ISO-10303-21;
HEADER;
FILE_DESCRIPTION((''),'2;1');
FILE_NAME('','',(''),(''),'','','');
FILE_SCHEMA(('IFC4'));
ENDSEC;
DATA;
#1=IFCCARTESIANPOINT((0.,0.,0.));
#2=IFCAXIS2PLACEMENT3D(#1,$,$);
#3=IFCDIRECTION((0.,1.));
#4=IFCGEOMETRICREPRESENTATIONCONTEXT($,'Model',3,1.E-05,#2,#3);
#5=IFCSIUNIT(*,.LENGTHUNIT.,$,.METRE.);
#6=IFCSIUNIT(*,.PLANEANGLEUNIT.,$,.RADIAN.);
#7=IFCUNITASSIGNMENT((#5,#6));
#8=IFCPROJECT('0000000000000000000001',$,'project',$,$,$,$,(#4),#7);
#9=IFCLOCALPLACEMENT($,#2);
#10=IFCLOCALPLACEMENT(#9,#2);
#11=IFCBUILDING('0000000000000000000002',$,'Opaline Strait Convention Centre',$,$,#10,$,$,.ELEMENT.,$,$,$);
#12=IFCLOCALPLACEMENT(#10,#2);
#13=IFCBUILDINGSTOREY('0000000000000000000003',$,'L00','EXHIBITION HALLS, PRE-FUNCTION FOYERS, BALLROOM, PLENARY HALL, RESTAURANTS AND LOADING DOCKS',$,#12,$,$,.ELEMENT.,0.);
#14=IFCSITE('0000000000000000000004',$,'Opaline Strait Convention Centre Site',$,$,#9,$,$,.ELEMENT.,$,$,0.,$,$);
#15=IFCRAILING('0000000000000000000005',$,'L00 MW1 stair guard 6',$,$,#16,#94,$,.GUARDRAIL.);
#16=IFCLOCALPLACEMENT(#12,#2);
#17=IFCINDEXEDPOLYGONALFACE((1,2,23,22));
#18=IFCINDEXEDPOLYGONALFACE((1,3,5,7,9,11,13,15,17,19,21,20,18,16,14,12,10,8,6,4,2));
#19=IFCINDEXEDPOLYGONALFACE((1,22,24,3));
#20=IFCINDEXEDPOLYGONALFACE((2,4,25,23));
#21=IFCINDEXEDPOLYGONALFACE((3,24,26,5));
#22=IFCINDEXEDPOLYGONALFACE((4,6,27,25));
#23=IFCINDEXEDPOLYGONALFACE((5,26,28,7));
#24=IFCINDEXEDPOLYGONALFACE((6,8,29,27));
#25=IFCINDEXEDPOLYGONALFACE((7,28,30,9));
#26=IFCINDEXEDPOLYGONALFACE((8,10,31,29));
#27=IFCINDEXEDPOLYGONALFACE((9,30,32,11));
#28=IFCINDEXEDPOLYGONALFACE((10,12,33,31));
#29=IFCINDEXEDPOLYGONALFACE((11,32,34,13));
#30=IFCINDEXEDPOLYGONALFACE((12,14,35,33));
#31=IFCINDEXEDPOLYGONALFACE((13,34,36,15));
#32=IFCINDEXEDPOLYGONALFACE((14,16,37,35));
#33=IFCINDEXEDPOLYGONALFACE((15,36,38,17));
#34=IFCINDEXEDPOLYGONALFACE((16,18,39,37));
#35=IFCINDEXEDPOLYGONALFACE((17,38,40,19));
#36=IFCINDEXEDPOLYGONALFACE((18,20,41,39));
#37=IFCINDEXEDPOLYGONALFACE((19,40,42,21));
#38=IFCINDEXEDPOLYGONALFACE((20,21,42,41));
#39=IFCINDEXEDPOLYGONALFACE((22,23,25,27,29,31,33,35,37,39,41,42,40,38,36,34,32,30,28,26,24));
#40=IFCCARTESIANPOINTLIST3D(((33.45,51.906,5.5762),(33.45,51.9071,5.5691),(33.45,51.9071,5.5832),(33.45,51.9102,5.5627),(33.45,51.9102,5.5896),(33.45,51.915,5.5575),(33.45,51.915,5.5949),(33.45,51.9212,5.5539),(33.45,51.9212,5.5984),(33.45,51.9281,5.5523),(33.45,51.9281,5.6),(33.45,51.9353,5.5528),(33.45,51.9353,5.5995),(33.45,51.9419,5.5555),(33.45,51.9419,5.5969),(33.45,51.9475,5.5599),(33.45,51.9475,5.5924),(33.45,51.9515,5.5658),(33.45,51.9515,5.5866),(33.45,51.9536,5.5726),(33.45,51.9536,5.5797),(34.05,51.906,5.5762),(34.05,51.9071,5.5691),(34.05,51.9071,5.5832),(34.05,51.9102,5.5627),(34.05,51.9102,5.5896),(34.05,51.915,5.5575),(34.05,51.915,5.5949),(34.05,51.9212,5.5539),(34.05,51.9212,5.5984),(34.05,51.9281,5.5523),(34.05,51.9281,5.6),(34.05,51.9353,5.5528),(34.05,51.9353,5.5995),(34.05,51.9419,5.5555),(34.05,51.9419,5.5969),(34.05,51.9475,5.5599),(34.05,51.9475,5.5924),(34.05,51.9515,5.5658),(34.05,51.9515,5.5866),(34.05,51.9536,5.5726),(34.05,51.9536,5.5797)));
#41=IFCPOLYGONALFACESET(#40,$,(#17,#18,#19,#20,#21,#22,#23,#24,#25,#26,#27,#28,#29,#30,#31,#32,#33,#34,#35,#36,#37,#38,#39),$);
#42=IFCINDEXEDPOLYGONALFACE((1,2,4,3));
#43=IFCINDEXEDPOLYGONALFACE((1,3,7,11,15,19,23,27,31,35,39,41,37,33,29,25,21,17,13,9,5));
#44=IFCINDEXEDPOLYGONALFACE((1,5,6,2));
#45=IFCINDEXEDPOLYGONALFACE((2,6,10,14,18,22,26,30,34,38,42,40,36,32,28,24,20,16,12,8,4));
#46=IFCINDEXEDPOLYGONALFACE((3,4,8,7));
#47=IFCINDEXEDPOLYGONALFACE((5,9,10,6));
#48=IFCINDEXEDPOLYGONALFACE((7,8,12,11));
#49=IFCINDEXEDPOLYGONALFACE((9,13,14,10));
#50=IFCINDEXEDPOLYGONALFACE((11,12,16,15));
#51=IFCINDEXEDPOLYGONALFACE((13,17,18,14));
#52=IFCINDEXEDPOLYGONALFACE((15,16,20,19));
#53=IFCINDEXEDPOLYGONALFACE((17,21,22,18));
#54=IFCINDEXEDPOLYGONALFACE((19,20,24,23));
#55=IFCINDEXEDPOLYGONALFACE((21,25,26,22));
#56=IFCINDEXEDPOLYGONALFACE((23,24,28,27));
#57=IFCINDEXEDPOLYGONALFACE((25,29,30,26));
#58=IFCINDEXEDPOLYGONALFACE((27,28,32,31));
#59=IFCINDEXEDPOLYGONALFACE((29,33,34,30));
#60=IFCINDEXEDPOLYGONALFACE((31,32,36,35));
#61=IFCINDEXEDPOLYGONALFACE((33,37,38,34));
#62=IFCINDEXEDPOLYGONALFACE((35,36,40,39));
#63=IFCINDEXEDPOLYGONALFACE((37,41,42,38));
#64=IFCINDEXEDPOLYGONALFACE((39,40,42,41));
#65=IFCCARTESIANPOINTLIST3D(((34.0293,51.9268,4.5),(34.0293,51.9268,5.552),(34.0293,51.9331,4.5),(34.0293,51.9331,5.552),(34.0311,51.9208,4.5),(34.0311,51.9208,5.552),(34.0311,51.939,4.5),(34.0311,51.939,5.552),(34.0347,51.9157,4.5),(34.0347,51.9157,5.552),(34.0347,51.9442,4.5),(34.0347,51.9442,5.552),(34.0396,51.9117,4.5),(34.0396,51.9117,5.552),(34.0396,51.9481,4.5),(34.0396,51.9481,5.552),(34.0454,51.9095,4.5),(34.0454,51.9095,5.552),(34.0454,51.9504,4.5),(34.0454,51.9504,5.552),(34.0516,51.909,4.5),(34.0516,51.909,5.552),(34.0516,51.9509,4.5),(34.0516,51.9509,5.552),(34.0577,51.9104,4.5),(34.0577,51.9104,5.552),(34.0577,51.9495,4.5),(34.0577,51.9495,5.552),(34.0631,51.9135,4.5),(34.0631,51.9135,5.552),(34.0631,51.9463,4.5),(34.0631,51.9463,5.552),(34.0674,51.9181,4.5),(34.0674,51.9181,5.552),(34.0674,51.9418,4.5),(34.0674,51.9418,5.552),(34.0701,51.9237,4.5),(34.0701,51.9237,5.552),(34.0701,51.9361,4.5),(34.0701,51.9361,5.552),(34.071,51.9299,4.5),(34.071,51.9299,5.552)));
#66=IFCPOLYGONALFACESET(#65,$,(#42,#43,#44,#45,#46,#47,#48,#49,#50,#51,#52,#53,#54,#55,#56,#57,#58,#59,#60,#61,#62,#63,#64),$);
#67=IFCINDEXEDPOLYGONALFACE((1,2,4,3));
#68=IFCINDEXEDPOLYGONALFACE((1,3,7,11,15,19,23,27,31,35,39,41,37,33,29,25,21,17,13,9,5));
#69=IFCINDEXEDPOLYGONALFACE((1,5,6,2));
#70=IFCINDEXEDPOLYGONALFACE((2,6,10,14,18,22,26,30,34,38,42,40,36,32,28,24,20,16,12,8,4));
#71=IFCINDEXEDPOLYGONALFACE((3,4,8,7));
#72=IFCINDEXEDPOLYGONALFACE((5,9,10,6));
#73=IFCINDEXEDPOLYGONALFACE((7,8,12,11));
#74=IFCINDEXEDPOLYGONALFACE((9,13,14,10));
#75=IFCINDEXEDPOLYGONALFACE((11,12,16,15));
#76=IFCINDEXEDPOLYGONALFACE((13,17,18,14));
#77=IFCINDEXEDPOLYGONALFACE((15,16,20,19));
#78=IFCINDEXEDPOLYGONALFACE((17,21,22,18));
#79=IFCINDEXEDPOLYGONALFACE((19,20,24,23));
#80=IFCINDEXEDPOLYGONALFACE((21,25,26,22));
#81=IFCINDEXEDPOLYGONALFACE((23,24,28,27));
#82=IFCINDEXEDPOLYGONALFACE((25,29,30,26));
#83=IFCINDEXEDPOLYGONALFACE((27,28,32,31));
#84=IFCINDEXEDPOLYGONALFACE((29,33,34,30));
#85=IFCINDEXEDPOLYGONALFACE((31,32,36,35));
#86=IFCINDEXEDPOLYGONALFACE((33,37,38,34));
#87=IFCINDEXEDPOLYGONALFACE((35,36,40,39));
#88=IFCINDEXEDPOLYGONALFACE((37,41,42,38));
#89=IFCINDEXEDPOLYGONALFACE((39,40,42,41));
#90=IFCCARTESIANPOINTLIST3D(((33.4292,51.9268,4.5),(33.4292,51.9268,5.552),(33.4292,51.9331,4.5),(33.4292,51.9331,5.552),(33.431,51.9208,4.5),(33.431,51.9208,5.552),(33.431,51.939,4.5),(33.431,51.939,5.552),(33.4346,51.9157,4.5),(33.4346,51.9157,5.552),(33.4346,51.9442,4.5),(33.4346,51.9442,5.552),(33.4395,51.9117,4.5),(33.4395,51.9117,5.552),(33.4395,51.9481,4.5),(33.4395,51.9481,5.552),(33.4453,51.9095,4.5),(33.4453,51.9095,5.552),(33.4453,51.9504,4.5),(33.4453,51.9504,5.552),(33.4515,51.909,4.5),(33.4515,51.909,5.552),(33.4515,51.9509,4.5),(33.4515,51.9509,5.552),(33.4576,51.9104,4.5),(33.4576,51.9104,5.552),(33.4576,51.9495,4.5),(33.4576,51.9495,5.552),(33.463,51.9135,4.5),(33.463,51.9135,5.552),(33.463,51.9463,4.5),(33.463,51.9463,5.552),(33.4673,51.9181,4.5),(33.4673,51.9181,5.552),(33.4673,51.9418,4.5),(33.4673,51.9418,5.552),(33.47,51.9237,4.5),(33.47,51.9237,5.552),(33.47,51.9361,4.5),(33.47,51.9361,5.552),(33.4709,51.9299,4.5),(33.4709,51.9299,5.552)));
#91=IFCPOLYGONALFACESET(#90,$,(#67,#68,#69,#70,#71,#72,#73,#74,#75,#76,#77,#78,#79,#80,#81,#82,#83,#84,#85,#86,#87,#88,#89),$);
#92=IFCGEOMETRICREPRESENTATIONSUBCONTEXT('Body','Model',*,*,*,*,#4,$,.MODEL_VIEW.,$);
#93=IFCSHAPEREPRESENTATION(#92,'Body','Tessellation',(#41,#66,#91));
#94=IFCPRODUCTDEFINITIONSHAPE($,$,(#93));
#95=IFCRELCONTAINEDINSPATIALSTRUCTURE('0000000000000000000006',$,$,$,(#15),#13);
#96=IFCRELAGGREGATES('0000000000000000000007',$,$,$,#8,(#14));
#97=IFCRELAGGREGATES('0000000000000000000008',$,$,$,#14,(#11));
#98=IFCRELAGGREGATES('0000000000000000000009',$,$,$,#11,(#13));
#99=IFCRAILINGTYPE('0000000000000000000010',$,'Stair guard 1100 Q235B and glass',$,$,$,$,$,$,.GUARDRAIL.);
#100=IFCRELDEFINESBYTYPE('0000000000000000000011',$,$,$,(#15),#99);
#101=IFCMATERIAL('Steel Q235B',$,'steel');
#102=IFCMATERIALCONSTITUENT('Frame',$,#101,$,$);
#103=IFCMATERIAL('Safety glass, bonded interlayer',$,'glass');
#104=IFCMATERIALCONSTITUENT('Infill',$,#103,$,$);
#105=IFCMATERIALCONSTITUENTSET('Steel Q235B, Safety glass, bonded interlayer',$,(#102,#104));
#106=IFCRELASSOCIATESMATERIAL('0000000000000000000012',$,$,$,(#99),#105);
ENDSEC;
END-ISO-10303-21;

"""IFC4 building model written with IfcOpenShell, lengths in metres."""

from ifc_helpers import new_model, si_unit, direction, frame, origin, origin_2d, place, context, subcontext, project, spatial, circle, extrude, material, constituent, constituent_set, type_object, element, save


model = new_model("IFC4")

# Units and contexts
model_context = context("Model", 3, precision=1e-05, world=origin(), true_north=direction((0.0, 1.0)))
body_context = subcontext(model_context, "Body", "Model", "MODEL_VIEW")
ifc_project = project(units=[si_unit("LENGTHUNIT", "METRE"), si_unit("PLANEANGLEUNIT", "RADIAN")], contexts=[model_context])

# Site, building, storey
site_placement = place(None, origin())
site = spatial("IfcSite", under=ifc_project, at=site_placement, Name="Opaline Strait Convention Centre Site", CompositionType="ELEMENT", RefElevation=0.0)
building_placement = place(site_placement, origin())
building = spatial("IfcBuilding", under=site, at=building_placement, Name="Opaline Strait Convention Centre", CompositionType="ELEMENT")
storey_placement = place(building_placement, origin())
storey = spatial("IfcBuildingStorey", under=building, at=storey_placement, Name="L00", Description="EXHIBITION HALLS, PRE-FUNCTION FOYERS, BALLROOM, PLENARY HALL, RESTAURANTS AND LOADING DOCKS", CompositionType="ELEMENT", Elevation=0.0)

# Railing
ifc_material_1 = material(Name="Steel Q235B", Category="steel")
ifc_constituent_1 = constituent(ifc_material_1, Name="Frame")
ifc_material_2 = material(Name="Safety glass, bonded interlayer", Category="glass")
ifc_constituent_2 = constituent(ifc_material_2, Name="Infill")
ifc_constituent_set = constituent_set(constituents=[ifc_constituent_1, ifc_constituent_2], Name="Steel Q235B, Safety glass, bonded interlayer")
railing_type_1 = type_object("IfcRailingType", Name="Stair guard 1100 Q235B and glass", PredefinedType="GUARDRAIL", material=ifc_constituent_set)
railing_1_placement = place(storey_placement, frame((34.05, 51.9299, 4.5)))
element("IfcRailing", 1, at=railing_1_placement, inside=storey, type_object=railing_type_1, Name="L00 MW1 stair guard 6", PredefinedType="GUARDRAIL", context=body_context, shape_type="SweptSolid", body=[
    extrude(circle(Radius=0.0239, at=origin_2d()), frame((0.0, 0.0, 1.0762), z_axis=(-1.0, 0.0, 0.0), x_axis=(0.0, -1.0, 0.0)), (0.0, 0.0, 1.0), 0.6001),
    extrude(circle(Radius=0.021, at=origin_2d()), origin(), (0.0, 0.0, 1.0), 1.052),
    extrude(circle(Radius=0.021, at=origin_2d()), frame((-0.6001, 0.0, 0.0)), (0.0, 0.0, 1.0), 1.052),
])

save(model, "model.ifc")
